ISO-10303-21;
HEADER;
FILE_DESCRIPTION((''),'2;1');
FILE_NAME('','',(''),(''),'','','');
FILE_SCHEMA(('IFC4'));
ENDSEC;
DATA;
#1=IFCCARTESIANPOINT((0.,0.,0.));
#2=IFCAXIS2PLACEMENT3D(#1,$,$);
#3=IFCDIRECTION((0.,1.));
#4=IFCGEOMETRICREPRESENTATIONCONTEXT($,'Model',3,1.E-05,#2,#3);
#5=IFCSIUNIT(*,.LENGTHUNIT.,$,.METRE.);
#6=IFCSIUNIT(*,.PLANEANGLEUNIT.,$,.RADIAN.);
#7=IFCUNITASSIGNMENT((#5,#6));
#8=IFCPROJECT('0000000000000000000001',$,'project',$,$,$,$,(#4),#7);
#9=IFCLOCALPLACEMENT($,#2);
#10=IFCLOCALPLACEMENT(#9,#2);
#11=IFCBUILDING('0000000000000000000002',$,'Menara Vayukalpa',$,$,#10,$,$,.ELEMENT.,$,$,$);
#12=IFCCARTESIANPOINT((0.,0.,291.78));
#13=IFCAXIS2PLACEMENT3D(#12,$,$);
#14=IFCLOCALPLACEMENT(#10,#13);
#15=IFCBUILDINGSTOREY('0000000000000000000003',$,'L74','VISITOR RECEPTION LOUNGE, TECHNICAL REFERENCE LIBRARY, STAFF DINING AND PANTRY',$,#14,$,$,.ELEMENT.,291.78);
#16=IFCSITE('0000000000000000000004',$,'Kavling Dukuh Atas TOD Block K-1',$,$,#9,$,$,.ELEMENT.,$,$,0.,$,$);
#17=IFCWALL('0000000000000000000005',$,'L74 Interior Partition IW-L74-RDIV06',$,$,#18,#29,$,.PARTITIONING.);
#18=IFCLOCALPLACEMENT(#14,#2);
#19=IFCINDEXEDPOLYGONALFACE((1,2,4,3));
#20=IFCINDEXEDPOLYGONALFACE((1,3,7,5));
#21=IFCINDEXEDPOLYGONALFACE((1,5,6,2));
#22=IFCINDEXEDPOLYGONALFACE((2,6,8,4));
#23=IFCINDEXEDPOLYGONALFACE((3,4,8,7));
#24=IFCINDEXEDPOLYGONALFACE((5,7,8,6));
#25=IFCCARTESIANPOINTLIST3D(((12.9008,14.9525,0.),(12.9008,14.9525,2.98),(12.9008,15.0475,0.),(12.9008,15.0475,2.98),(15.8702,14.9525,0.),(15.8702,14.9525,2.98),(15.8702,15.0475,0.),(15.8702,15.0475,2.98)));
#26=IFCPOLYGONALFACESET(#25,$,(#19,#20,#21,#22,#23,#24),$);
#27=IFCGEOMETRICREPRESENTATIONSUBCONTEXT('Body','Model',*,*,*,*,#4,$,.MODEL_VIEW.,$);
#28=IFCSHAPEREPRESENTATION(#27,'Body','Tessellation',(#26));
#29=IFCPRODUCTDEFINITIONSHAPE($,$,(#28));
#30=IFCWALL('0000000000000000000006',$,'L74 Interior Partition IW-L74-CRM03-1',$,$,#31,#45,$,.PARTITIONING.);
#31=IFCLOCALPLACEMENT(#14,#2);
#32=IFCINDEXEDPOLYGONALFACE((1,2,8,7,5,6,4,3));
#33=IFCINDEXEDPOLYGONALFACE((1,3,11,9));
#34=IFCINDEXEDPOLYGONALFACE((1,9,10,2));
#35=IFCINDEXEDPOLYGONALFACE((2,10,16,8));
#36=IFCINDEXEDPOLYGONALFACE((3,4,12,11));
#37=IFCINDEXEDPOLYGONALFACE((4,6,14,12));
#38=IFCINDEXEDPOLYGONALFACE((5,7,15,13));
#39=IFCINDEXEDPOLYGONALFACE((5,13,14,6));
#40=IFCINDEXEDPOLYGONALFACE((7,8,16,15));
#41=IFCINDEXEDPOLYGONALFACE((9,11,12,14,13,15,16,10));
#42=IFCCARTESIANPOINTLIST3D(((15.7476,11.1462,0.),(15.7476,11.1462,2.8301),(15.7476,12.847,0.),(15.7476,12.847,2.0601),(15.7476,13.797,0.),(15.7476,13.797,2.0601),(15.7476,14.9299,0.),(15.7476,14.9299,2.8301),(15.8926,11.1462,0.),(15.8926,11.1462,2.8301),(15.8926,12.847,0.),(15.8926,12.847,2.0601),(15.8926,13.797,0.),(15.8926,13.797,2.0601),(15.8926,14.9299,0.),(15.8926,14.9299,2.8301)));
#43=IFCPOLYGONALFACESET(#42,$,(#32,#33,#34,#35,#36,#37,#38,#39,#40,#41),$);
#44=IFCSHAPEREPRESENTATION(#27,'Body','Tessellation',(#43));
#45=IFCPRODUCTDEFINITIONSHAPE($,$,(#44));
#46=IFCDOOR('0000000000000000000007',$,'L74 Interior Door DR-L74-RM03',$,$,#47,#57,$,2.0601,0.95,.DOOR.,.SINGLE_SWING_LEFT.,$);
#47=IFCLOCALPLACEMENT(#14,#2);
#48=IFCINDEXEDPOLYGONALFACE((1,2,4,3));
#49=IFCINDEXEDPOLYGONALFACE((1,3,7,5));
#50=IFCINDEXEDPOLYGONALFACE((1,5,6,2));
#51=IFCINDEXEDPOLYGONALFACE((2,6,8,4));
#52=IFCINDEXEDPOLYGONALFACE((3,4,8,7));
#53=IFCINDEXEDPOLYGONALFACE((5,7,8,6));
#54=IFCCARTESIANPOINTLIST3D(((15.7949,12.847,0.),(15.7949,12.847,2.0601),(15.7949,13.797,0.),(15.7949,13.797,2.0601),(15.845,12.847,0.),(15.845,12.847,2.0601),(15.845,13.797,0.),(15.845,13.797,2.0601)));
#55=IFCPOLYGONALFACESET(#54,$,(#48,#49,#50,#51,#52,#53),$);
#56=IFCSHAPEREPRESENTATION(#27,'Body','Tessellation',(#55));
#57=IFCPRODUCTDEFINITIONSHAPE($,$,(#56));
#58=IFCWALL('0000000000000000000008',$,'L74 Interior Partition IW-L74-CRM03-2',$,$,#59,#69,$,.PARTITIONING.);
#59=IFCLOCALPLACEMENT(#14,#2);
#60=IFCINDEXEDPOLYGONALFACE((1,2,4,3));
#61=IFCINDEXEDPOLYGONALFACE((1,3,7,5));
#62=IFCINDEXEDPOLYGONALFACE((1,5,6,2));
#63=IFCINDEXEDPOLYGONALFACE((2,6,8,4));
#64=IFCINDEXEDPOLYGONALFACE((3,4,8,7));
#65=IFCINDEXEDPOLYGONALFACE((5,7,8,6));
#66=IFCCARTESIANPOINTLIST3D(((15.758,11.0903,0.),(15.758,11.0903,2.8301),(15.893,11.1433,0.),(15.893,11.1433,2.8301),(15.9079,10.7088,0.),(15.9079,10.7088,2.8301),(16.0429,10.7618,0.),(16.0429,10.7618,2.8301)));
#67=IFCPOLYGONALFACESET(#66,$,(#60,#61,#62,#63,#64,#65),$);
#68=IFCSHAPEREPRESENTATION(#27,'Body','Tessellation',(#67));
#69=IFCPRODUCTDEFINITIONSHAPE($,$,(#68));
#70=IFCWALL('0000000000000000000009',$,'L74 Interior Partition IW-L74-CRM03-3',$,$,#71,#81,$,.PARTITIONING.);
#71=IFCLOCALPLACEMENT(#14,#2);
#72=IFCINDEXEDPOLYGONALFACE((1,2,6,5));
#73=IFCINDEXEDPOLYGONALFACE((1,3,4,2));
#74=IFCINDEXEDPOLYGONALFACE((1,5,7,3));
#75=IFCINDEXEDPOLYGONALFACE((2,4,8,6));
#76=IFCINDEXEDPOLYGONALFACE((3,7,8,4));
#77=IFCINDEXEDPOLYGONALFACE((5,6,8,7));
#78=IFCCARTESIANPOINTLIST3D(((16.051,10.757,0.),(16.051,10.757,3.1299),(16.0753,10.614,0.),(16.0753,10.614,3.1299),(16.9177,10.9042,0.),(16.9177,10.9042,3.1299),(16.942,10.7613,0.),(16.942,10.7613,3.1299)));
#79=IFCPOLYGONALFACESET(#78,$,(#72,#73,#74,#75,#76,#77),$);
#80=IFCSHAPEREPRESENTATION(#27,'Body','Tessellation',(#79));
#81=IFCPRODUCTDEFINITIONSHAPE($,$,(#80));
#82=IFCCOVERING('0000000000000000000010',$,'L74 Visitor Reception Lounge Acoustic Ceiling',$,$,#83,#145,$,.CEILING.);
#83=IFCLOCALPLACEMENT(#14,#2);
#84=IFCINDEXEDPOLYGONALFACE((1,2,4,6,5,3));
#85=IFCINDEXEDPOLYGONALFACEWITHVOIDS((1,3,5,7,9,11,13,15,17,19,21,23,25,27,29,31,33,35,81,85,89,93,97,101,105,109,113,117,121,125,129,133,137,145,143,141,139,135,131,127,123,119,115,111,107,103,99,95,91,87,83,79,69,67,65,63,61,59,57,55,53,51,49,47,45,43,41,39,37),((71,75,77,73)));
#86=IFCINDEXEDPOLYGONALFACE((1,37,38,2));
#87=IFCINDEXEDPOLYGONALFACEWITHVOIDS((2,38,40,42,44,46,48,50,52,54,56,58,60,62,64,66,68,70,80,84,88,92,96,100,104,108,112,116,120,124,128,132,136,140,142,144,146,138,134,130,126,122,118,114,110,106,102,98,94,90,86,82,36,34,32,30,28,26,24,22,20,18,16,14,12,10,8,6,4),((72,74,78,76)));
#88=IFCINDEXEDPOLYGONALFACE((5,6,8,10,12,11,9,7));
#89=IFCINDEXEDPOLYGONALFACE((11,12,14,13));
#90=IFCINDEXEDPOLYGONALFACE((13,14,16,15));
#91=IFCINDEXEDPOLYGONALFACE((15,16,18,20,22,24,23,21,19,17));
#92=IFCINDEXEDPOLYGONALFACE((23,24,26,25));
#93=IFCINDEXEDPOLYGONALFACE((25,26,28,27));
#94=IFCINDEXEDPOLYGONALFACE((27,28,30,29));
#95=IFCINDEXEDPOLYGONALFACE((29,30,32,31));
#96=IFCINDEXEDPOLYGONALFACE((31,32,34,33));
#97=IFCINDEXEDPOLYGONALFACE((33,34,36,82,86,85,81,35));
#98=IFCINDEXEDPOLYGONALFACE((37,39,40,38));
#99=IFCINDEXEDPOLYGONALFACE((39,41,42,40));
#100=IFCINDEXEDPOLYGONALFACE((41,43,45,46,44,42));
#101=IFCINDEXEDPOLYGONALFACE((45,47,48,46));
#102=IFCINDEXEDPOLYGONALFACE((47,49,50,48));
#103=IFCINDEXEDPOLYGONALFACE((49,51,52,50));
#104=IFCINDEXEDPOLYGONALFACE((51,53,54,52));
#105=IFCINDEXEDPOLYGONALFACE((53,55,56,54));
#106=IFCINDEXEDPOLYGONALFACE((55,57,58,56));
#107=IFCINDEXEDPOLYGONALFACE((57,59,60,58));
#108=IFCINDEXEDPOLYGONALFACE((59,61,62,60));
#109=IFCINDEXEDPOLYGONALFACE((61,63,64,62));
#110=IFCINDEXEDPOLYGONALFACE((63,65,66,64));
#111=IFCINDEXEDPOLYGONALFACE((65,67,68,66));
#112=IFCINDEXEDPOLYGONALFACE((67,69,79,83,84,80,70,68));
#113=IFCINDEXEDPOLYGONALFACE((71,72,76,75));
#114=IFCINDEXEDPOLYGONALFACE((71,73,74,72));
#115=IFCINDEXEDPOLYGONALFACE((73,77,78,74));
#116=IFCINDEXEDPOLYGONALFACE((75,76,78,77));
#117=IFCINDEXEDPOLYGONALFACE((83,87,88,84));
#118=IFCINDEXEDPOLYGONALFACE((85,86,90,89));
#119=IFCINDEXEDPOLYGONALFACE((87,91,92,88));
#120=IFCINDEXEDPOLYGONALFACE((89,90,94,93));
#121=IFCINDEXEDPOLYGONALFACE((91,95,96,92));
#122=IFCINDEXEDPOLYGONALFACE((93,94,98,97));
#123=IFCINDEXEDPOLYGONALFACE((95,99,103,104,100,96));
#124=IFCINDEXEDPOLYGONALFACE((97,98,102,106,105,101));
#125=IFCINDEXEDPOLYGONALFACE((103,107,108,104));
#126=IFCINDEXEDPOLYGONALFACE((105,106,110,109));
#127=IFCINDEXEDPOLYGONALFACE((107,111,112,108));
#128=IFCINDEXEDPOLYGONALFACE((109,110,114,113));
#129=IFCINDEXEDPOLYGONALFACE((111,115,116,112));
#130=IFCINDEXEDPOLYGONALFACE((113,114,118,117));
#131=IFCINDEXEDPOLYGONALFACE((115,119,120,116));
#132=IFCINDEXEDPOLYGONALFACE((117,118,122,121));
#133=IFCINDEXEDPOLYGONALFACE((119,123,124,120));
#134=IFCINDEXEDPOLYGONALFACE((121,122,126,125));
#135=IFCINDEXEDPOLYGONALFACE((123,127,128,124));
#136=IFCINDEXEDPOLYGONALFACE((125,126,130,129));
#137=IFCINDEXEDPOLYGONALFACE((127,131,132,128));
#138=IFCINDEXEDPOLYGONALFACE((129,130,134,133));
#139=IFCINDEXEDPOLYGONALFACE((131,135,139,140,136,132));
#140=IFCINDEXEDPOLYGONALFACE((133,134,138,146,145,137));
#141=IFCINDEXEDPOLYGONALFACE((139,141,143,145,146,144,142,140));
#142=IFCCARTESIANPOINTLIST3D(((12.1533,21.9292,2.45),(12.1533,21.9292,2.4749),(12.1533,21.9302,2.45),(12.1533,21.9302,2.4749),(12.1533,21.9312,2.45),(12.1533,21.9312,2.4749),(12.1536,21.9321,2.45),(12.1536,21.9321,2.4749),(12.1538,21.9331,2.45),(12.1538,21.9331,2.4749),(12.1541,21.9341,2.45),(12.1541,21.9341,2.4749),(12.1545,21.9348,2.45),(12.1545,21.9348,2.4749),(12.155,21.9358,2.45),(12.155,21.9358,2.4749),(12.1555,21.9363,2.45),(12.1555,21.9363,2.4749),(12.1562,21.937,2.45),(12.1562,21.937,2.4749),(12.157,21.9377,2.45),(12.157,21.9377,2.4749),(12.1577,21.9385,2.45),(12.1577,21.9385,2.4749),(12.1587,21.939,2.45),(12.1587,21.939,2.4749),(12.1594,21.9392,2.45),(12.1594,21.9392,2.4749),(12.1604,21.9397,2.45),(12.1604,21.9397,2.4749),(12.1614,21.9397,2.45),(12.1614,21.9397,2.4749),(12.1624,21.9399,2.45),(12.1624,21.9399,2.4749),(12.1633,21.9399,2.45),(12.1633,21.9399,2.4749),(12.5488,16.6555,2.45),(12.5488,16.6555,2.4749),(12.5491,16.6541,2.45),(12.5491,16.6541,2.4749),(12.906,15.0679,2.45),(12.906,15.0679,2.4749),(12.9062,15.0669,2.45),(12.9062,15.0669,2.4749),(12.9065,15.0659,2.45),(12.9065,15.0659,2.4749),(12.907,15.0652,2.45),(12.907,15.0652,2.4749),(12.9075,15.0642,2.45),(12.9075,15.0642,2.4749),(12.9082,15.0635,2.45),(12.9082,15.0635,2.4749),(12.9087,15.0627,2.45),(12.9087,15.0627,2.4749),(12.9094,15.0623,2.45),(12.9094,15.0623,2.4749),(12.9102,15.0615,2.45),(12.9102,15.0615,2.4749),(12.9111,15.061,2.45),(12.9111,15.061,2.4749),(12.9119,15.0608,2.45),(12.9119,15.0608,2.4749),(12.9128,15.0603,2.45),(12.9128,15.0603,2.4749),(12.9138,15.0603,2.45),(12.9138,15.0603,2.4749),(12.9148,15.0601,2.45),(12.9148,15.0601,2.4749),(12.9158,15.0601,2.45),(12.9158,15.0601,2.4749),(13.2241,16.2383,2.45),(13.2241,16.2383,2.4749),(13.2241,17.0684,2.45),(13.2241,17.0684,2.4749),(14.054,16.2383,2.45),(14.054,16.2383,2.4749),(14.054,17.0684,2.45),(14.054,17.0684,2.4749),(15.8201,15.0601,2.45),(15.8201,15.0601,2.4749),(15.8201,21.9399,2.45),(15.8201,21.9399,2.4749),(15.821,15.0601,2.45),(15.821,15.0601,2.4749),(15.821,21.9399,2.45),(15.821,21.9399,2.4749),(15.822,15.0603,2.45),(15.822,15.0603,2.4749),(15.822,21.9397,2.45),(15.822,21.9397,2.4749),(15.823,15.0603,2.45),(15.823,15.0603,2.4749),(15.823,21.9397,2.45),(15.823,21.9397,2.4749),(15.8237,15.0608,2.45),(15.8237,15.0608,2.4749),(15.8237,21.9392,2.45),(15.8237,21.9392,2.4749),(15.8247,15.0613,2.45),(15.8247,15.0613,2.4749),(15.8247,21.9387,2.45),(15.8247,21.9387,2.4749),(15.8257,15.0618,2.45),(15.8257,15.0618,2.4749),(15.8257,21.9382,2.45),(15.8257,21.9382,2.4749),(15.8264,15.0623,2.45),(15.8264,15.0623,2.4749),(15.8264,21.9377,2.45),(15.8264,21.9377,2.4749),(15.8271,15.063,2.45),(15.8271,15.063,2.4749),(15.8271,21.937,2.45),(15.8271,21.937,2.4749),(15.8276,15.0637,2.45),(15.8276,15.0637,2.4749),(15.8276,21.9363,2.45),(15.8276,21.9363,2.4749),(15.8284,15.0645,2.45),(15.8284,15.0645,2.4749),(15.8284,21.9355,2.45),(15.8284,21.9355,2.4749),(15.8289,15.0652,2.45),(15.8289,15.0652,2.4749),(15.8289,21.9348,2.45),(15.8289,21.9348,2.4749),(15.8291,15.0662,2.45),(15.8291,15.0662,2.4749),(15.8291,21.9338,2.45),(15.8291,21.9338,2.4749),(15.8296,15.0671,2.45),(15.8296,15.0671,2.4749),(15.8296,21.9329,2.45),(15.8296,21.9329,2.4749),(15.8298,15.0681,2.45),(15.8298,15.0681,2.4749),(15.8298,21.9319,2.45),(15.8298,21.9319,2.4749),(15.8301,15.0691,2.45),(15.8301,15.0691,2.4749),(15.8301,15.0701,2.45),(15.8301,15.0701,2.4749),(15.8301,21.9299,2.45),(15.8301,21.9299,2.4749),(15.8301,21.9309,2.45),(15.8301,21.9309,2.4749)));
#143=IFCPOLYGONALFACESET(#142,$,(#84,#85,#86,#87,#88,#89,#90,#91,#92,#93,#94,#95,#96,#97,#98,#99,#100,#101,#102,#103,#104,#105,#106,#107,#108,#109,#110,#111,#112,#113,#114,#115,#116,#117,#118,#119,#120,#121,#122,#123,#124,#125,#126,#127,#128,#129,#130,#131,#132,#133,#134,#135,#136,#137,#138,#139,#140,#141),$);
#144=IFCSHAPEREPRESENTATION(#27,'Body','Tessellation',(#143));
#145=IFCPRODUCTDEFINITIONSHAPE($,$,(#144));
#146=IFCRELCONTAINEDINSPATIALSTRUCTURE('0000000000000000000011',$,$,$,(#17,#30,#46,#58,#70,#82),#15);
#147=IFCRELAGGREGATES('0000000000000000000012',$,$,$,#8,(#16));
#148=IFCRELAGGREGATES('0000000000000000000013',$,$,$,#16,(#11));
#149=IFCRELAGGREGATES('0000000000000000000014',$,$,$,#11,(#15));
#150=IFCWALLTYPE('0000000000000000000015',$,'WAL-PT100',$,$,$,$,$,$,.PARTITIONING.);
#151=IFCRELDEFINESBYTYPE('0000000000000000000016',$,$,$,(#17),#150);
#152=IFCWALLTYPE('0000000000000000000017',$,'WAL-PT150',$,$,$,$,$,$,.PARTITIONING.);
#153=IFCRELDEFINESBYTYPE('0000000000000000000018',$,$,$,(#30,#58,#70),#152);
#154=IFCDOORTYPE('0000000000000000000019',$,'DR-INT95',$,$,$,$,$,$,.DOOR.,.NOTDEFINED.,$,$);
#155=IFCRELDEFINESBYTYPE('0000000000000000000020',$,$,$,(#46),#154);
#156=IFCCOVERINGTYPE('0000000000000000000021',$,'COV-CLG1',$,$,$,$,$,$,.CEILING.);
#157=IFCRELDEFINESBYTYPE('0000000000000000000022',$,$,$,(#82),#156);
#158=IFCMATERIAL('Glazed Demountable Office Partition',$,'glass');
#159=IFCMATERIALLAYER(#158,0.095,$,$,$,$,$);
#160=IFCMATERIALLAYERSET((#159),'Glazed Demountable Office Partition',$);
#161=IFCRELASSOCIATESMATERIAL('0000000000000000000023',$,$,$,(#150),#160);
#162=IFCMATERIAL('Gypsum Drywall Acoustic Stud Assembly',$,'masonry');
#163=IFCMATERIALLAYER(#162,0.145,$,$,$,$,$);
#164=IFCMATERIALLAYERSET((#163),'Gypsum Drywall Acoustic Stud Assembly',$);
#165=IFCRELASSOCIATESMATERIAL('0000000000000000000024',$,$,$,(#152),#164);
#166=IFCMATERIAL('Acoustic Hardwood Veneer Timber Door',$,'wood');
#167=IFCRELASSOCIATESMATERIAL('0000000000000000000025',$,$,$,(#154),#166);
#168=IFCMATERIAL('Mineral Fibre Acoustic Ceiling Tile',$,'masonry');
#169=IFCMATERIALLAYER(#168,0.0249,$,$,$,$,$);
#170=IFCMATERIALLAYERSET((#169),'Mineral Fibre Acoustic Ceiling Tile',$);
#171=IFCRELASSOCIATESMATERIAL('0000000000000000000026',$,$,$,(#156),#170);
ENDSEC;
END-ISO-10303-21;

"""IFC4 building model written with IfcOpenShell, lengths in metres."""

from ifc_helpers import new_model, si_unit, direction, frame, frame_2d, origin, place, context, subcontext, project, spatial, polyline, rectangle, outline, extrude, material, layer, layer_set, type_object, element, fill, save


model = new_model("IFC4")

# Units and contexts
model_context = context("Model", 3, precision=1e-05, world=origin(), true_north=direction((0.0, 1.0)))
body_context = subcontext(model_context, "Body", "Model", "MODEL_VIEW")
ifc_project = project(units=[si_unit("LENGTHUNIT", "METRE"), si_unit("PLANEANGLEUNIT", "RADIAN")], contexts=[model_context])

# Site, building, storey
site_placement = place(None, origin())
site = spatial("IfcSite", under=ifc_project, at=site_placement, Name="Kavling Dukuh Atas TOD Block K-1", CompositionType="ELEMENT", RefElevation=0.0)
building_placement = place(site_placement, origin())
building = spatial("IfcBuilding", under=site, at=building_placement, Name="Menara Vayukalpa", CompositionType="ELEMENT")
storey_placement = place(building_placement, frame((0.0, 0.0, 291.78)))
storey = spatial("IfcBuildingStorey", under=building, at=storey_placement, Name="L74", Description="VISITOR RECEPTION LOUNGE, TECHNICAL REFERENCE LIBRARY, STAFF DINING AND PANTRY", CompositionType="ELEMENT", Elevation=291.78)

# Wall
ifc_material_1 = material(Name="Glazed Demountable Office Partition", Category="glass")
ifc_layer_1 = layer(ifc_material_1, 0.095)
ifc_layer_set_1 = layer_set([ifc_layer_1], Name="Glazed Demountable Office Partition")
wall_type_1 = type_object("IfcWallType", Name="WAL-PT100", PredefinedType="PARTITIONING", material=ifc_layer_set_1)
wall_1_placement = place(storey_placement, frame((12.9006, 15.0, 0.0), z_axis=(0.0, 0.0, 1.0), x_axis=(1.0, 0.0, 0.0)))
element("IfcWall", 1, at=wall_1_placement, inside=storey, type_object=wall_type_1, Name="L74 Interior Partition IW-L74-RDIV06", PredefinedType="PARTITIONING", context=body_context, shape_type="SweptSolid", body=[
    extrude(rectangle(XDim=2.9695, YDim=0.095, at=frame_2d((1.4849, 0.0))), origin(), (0.0, 0.0, 1.0), 2.98),
])

# Wall, opening, door
ifc_material_2 = material(Name="Gypsum Drywall Acoustic Stud Assembly", Category="masonry")
ifc_layer_2 = layer(ifc_material_2, 0.145)
ifc_layer_set_2 = layer_set([ifc_layer_2], Name="Gypsum Drywall Acoustic Stud Assembly")
wall_type_2 = type_object("IfcWallType", Name="WAL-PT150", PredefinedType="PARTITIONING", material=ifc_layer_set_2)
wall_2_placement = place(storey_placement, frame((15.8201, 14.9299, 0.0), z_axis=(0.0, 0.0, 1.0), x_axis=(0.0, -1.0, 0.0)))
wall_2 = element("IfcWall", 2, at=wall_2_placement, inside=storey, type_object=wall_type_2, Name="L74 Interior Partition IW-L74-CRM03-1", PredefinedType="PARTITIONING", context=body_context, shape_type="SweptSolid", body=[
    extrude(rectangle(XDim=3.7837, YDim=0.145, at=frame_2d((1.8918, 0.0))), origin(), (0.0, 0.0, 1.0), 2.8301),
])
opening_placement = place(wall_2_placement, frame((1.1328, 0.0, 0.0)))
opening = element("IfcOpeningElement", 3, at=opening_placement, cuts=wall_2, PredefinedType="OPENING", context=body_context, shape_type="SweptSolid", body=[
    extrude(rectangle(XDim=0.95, YDim=2.0601, at=frame_2d((0.4751, 1.03))), frame((0.0, 0.0825, 0.0), z_axis=(0.0, -1.0, 0.0), x_axis=(1.0, 0.0, 0.0)), (0.0, 0.0, 1.0), 0.165),
])
ifc_material_3 = material(Name="Acoustic Hardwood Veneer Timber Door", Category="wood")
door_type = type_object("IfcDoorType", Name="DR-INT95", OperationType="NOTDEFINED", PredefinedType="DOOR", material=ifc_material_3)
door_placement = place(opening_placement, origin())
door = element("IfcDoor", 4, at=door_placement, inside=storey, type_object=door_type, Name="L74 Interior Door DR-L74-RM03", OperationType="SINGLE_SWING_LEFT", OverallHeight=2.0601, OverallWidth=0.95, PredefinedType="DOOR", context=body_context, shape_type="SweptSolid", body=[
    extrude(rectangle(XDim=0.95, YDim=2.0601, at=frame_2d((0.4751, 1.03))), frame((0.0, 0.0249, 0.0), z_axis=(0.0, -1.0, 0.0), x_axis=(1.0, 0.0, 0.0)), (0.0, 0.0, 1.0), 0.05),
])
fill(opening, door)

# Walls
wall_3_placement = place(storey_placement, frame((15.8254, 11.1169, 0.0), z_axis=(0.0, 0.0, 1.0), x_axis=(0.365634, -0.930759, 0.0)))
element("IfcWall", 5, at=wall_3_placement, inside=storey, type_object=wall_type_2, Name="L74 Interior Partition IW-L74-CRM03-2", PredefinedType="PARTITIONING", context=body_context, shape_type="SweptSolid", body=[
    extrude(rectangle(XDim=0.4099, YDim=0.145, at=frame_2d((0.2051, 0.0))), origin(), (0.0, 0.0, 1.0), 2.8301),
])
wall_4_placement = place(storey_placement, frame((16.0632, 10.6855, 0.0), z_axis=(0.0, 0.0, 1.0), x_axis=(0.985879, 0.167461, 0.0)))
element("IfcWall", 6, at=wall_4_placement, inside=storey, type_object=wall_type_2, Name="L74 Interior Partition IW-L74-CRM03-3", PredefinedType="PARTITIONING", context=body_context, shape_type="SweptSolid", body=[
    extrude(rectangle(XDim=0.8792, YDim=0.145, at=frame_2d((0.4395, 0.0))), origin(), (0.0, 0.0, 1.0), 3.1299),
])

# Covering
ifc_material_4 = material(Name="Mineral Fibre Acoustic Ceiling Tile", Category="masonry")
ifc_layer_3 = layer(ifc_material_4, 0.0249)
ifc_layer_set_3 = layer_set([ifc_layer_3], Name="Mineral Fibre Acoustic Ceiling Tile")
covering_type_1 = type_object("IfcCoveringType", Name="COV-CLG1", PredefinedType="CEILING", material=ifc_layer_set_3)
covering_1_placement = place(storey_placement, frame((0.0, 0.0, 2.45)))
element("IfcCovering", 7, at=covering_1_placement, inside=storey, type_object=covering_type_1, Name="L74 Visitor Reception Lounge Acoustic Ceiling", PredefinedType="CEILING", context=body_context, shape_type="SweptSolid", body=[
    extrude(outline(polyline([(12.1533, 21.9292), (12.1533, 21.9302), (12.1533, 21.9312), (12.1536, 21.9321), (12.1538, 21.9331), (12.1541, 21.9341), (12.1545, 21.9348), (12.155, 21.9358), (12.1555, 21.9363), (12.1562, 21.937), (12.157, 21.9377), (12.1577, 21.9385), (12.1587, 21.939), (12.1594, 21.9392), (12.1604, 21.9397), (12.1614, 21.9397), (12.1624, 21.9399), (12.1633, 21.9399), (15.8201, 21.9399), (15.821, 21.9399), (15.822, 21.9397), (15.823, 21.9397), (15.8237, 21.9392), (15.8247, 21.9387), (15.8257, 21.9382), (15.8264, 21.9377), (15.8271, 21.937), (15.8276, 21.9363), (15.8284, 21.9355), (15.8289, 21.9348), (15.8291, 21.9338), (15.8296, 21.9329), (15.8298, 21.9319), (15.8301, 21.9309), (15.8301, 21.9299), (15.8301, 15.0701), (15.8301, 15.0691), (15.8298, 15.0681), (15.8296, 15.0671), (15.8291, 15.0662), (15.8289, 15.0652), (15.8284, 15.0645), (15.8276, 15.0637), (15.8271, 15.063), (15.8264, 15.0623), (15.8257, 15.0618), (15.8247, 15.0613), (15.8237, 15.0608), (15.823, 15.0603), (15.822, 15.0603), (15.821, 15.0601), (15.8201, 15.0601), (12.9158, 15.0601), (12.9148, 15.0601), (12.9138, 15.0603), (12.9128, 15.0603), (12.9119, 15.0608), (12.9111, 15.061), (12.9102, 15.0615), (12.9094, 15.0623), (12.9087, 15.0627), (12.9082, 15.0635), (12.9075, 15.0642), (12.907, 15.0652), (12.9065, 15.0659), (12.9062, 15.0669), (12.906, 15.0679), (12.5491, 16.6541), (12.5488, 16.6555), (12.1533, 21.9292)]), holes=[polyline([(14.054, 17.0684), (13.2241, 17.0684), (13.2241, 16.2383), (14.054, 16.2383), (14.054, 17.0684)])]), origin(), (0.0, 0.0, 1.0), 0.0249),
])

save(model, "model.ifc")
